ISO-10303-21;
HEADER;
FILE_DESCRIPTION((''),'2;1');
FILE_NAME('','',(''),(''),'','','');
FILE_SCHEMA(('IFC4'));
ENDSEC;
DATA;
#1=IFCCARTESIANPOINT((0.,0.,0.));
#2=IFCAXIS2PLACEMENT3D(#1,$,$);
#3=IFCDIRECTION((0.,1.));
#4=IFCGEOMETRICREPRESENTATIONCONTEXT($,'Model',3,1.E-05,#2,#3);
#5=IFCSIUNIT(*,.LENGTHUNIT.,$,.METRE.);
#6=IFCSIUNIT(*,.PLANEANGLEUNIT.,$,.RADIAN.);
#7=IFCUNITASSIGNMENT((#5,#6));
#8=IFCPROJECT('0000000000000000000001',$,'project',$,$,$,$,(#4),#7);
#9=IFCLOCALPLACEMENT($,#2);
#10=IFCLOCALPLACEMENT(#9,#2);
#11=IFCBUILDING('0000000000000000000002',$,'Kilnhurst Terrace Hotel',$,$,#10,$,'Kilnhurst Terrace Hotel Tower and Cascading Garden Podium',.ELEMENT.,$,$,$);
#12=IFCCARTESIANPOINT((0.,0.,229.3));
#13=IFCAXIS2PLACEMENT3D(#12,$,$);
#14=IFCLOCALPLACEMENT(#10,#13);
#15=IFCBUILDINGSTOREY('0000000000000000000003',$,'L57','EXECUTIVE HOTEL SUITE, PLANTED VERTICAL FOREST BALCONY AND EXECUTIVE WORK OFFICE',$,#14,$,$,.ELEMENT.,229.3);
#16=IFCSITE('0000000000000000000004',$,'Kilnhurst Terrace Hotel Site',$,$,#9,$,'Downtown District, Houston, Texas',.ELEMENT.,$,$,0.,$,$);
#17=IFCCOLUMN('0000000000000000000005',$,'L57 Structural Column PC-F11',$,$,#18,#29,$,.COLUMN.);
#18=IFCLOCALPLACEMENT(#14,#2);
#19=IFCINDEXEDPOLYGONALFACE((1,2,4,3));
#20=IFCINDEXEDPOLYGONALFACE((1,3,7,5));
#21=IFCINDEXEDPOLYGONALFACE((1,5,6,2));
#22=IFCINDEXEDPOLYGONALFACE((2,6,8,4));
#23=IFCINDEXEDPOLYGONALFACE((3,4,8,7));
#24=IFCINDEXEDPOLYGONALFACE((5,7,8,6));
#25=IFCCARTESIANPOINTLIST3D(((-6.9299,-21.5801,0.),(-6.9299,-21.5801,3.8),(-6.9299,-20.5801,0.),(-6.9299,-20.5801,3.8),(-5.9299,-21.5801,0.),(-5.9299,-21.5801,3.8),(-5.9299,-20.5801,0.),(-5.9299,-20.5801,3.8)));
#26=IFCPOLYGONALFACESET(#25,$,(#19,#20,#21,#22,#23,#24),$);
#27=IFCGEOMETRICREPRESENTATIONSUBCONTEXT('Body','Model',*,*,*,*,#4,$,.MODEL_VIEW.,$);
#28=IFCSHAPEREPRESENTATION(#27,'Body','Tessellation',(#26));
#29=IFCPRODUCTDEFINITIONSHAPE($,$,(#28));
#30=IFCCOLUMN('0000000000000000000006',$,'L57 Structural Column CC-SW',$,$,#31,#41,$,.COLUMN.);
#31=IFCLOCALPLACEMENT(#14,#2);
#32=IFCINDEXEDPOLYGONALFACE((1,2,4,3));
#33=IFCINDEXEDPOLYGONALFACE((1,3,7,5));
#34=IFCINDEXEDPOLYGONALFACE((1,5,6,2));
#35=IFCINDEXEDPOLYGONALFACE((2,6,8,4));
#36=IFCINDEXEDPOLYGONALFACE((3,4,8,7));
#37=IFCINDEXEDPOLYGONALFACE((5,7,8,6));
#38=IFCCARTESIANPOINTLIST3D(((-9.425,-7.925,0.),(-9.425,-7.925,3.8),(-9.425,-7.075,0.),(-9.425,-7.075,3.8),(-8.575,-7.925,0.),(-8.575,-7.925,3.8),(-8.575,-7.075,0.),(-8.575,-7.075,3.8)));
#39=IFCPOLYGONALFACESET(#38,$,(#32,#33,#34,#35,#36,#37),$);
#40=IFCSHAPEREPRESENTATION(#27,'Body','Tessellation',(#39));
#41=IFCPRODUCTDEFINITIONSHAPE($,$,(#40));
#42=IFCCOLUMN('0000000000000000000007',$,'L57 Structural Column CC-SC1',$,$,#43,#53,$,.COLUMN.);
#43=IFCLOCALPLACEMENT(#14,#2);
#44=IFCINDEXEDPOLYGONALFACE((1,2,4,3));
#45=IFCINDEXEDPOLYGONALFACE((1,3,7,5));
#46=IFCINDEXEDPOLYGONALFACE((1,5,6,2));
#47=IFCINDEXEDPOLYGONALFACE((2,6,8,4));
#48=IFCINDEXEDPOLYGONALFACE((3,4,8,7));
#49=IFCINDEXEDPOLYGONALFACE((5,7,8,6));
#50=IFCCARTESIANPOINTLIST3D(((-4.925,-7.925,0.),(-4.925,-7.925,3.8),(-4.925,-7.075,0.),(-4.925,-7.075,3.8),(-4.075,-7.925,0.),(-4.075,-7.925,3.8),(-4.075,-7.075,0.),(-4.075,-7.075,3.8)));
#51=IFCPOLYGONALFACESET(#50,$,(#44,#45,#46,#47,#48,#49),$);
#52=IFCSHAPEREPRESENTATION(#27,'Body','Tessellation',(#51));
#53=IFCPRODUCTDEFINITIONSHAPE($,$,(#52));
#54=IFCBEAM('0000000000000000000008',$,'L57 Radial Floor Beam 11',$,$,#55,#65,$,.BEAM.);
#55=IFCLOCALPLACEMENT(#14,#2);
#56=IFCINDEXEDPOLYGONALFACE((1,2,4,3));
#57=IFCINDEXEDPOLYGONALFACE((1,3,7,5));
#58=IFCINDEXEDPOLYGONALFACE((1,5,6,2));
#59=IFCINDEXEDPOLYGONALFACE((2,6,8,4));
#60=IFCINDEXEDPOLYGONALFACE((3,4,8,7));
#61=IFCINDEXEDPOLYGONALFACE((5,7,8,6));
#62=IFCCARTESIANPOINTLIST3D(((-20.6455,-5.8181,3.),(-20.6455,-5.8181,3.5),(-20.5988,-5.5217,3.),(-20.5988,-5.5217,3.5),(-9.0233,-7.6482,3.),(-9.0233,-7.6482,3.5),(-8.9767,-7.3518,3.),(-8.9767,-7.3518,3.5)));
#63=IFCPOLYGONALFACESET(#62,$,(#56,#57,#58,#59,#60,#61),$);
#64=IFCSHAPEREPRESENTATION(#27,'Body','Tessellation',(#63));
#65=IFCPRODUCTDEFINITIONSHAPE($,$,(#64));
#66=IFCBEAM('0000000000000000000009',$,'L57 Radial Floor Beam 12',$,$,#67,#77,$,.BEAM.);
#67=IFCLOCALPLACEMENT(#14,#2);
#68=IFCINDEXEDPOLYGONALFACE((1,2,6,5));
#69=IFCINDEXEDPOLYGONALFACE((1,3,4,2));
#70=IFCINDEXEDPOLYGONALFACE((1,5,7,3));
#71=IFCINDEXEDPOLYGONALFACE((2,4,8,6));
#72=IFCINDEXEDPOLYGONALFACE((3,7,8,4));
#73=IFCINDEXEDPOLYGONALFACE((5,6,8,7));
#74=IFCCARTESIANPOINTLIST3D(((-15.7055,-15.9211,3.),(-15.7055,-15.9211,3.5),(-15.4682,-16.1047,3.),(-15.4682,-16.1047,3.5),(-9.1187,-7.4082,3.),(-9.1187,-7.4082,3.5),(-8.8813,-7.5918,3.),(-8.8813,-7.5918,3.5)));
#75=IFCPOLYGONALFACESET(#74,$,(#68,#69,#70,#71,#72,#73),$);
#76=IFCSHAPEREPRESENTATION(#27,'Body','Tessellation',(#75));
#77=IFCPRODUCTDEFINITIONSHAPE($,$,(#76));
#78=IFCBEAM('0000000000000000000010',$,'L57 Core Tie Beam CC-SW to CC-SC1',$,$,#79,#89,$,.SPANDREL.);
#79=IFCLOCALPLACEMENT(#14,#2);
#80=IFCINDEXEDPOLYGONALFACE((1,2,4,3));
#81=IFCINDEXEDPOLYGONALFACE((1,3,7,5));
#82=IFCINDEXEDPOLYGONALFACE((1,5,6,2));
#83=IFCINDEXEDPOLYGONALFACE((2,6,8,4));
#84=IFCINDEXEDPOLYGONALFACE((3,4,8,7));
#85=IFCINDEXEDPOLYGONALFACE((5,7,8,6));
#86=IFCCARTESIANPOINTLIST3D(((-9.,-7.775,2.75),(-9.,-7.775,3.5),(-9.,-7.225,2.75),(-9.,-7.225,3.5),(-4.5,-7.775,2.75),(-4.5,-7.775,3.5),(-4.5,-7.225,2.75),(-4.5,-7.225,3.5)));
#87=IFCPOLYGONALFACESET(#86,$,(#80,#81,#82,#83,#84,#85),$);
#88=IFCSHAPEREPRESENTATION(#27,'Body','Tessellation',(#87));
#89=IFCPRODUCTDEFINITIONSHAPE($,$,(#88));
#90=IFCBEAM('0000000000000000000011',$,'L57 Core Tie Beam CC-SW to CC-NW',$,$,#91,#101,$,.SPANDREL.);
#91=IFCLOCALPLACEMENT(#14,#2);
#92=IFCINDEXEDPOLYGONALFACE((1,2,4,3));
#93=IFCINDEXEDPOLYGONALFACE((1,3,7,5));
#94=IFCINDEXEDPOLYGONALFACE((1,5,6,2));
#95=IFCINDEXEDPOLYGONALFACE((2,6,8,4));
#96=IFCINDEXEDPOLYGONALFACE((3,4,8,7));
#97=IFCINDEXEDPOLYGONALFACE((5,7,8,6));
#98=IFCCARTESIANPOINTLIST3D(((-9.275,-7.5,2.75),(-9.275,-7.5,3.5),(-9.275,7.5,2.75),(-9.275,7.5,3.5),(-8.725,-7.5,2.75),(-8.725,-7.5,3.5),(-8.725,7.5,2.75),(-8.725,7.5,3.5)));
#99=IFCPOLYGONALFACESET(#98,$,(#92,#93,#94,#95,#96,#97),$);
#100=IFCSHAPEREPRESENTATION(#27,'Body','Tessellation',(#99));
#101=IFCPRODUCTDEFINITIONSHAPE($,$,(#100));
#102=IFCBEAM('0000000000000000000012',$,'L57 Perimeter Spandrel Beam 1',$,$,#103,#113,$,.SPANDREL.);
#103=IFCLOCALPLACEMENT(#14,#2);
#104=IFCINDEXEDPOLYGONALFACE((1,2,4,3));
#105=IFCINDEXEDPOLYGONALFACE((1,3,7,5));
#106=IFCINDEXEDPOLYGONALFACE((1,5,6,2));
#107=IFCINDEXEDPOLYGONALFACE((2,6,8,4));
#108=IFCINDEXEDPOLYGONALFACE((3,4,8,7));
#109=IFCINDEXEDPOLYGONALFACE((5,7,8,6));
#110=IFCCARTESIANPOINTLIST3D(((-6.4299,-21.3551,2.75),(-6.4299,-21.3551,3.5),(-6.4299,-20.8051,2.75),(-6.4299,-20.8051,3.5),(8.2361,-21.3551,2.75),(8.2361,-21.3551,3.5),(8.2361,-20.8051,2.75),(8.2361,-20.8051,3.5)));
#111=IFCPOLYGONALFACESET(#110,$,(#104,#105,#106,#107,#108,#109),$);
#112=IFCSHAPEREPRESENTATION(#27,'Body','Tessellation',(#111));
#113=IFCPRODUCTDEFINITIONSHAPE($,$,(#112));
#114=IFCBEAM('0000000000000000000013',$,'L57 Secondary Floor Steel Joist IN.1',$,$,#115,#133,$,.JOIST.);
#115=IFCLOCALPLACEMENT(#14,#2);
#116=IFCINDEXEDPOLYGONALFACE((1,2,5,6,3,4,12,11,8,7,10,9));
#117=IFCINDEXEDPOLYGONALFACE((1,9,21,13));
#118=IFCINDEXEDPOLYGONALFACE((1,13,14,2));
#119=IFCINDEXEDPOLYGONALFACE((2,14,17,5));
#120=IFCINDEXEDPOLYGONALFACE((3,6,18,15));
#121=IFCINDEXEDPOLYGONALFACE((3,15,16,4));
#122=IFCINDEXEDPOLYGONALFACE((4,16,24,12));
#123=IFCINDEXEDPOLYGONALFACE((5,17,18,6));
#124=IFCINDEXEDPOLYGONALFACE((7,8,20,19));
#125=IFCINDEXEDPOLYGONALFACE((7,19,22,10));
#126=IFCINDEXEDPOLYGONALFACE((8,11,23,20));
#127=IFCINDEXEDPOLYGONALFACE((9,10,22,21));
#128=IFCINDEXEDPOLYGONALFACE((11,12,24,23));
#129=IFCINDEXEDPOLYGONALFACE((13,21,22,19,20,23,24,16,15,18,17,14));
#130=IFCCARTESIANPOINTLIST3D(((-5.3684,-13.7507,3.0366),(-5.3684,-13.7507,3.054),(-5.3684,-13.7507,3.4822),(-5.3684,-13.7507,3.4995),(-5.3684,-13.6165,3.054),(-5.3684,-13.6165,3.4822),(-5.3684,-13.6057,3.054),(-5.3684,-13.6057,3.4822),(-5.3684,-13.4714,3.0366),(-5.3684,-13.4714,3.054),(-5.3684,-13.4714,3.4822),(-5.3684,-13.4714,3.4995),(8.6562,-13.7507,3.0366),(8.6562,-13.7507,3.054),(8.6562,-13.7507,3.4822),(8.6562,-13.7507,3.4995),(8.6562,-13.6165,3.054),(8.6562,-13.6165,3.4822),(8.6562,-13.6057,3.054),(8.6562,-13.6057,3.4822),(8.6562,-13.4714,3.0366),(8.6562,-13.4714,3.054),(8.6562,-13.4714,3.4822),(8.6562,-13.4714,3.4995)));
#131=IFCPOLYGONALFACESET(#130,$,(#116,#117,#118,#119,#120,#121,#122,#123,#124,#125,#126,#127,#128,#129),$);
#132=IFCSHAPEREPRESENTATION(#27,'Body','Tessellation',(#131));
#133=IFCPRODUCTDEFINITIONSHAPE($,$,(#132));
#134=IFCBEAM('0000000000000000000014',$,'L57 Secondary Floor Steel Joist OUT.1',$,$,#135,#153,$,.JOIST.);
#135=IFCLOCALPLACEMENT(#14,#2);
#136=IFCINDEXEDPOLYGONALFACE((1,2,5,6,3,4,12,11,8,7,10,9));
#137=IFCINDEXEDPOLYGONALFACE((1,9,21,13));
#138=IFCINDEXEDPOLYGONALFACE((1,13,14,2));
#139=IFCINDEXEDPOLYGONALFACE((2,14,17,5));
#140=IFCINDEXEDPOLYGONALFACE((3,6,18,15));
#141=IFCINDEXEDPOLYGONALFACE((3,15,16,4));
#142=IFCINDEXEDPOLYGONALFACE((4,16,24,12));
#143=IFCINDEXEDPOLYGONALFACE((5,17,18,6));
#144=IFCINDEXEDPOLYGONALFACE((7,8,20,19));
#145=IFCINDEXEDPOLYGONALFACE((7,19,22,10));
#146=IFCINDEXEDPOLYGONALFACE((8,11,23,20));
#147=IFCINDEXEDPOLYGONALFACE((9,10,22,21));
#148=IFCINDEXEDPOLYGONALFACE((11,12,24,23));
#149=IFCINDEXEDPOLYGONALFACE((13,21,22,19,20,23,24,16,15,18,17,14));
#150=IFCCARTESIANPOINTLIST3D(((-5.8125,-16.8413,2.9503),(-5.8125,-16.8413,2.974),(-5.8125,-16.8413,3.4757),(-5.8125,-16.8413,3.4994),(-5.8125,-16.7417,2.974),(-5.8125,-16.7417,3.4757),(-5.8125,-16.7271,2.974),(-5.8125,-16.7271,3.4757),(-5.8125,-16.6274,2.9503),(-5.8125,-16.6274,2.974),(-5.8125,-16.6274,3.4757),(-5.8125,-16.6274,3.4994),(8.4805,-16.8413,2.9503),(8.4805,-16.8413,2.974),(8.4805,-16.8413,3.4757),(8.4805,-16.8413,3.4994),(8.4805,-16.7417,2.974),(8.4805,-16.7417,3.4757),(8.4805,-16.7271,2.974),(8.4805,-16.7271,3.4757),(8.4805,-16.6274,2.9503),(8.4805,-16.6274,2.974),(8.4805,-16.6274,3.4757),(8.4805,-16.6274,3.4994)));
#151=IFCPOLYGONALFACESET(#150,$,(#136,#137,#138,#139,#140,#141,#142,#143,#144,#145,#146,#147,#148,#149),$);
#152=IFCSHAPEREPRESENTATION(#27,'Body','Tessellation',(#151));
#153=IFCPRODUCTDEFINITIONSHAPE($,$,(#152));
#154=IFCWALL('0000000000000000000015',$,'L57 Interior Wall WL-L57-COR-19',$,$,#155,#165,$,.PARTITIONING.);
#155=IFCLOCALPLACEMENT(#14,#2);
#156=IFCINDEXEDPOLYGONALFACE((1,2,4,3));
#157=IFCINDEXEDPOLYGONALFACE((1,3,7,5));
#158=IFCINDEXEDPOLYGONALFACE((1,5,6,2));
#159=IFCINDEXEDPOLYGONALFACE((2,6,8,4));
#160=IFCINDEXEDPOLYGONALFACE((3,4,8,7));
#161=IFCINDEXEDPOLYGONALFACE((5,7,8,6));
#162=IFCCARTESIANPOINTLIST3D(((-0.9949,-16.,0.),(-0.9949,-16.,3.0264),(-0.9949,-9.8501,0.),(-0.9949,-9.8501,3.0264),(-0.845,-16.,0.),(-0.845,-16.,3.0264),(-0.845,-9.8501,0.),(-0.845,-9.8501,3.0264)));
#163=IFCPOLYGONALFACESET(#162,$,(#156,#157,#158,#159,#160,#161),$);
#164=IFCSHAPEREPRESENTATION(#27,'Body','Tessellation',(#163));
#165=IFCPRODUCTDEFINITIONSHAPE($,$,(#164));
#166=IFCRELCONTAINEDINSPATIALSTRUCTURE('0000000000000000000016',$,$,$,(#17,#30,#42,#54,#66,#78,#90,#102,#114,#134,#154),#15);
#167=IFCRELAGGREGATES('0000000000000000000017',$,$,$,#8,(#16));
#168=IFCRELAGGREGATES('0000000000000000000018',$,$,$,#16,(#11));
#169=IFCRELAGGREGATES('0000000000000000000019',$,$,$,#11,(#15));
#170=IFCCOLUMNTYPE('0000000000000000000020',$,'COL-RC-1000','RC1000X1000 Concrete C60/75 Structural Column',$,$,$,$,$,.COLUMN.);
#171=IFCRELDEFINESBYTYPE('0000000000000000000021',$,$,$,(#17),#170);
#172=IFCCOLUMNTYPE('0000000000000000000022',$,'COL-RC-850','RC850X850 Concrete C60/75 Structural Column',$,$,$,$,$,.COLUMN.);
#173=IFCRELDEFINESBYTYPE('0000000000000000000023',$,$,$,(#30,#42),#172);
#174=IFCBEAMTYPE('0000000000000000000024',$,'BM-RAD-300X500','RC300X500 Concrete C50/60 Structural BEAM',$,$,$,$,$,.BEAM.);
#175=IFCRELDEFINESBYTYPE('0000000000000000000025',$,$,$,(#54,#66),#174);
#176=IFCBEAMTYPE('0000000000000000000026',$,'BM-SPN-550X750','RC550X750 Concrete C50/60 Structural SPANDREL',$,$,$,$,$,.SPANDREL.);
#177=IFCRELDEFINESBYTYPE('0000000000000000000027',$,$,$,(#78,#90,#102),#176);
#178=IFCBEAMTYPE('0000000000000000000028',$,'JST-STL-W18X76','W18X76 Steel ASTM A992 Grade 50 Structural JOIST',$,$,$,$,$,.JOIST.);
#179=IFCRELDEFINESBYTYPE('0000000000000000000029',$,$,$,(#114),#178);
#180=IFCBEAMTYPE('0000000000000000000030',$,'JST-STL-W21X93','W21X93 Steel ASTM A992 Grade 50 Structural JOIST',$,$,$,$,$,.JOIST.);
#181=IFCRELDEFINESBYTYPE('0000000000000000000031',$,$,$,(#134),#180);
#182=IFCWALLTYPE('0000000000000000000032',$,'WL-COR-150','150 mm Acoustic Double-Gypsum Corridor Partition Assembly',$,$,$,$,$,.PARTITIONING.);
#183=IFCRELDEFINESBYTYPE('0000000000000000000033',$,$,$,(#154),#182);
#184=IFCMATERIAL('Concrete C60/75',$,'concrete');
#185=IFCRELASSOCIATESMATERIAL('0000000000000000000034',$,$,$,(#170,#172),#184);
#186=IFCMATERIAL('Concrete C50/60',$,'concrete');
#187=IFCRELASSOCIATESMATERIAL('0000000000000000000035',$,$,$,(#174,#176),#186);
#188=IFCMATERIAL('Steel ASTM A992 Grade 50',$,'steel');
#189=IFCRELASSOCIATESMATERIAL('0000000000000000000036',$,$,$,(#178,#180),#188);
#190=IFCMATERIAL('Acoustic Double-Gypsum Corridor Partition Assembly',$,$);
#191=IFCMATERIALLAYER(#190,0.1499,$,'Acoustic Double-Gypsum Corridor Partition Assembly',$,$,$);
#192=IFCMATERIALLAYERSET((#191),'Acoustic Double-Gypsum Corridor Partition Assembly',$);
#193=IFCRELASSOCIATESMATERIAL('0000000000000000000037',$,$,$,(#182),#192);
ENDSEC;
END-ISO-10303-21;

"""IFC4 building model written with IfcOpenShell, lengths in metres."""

from ifc_helpers import new_model, si_unit, direction, frame, frame_2d, origin, origin_2d, place, context, subcontext, project, spatial, rectangle, i_section, extrude, material, layer, layer_set, material_profile, profile_set, type_object, element, save


model = new_model("IFC4")

# Units and contexts
model_context = context("Model", 3, precision=1e-05, world=origin(), true_north=direction((0.0, 1.0)))
body_context = subcontext(model_context, "Body", "Model", "MODEL_VIEW")
ifc_project = project(units=[si_unit("LENGTHUNIT", "METRE"), si_unit("PLANEANGLEUNIT", "RADIAN")], contexts=[model_context])

# Site, building, storey
site_placement = place(None, origin())
site = spatial("IfcSite", under=ifc_project, at=site_placement, Name="Kilnhurst Terrace Hotel Site", LongName="Downtown District, Houston, Texas", CompositionType="ELEMENT", RefElevation=0.0)
building_placement = place(site_placement, origin())
building = spatial("IfcBuilding", under=site, at=building_placement, Name="Kilnhurst Terrace Hotel", LongName="Kilnhurst Terrace Hotel Tower and Cascading Garden Podium", CompositionType="ELEMENT")
storey_placement = place(building_placement, frame((0.0, 0.0, 229.3)))
storey = spatial("IfcBuildingStorey", under=building, at=storey_placement, Name="L57", Description="EXECUTIVE HOTEL SUITE, PLANTED VERTICAL FOREST BALCONY AND EXECUTIVE WORK OFFICE", CompositionType="ELEMENT", Elevation=229.3)

# Columns
ifc_material_1 = material(Name="Concrete C60/75", Category="concrete")
ifc_material_profile_1 = material_profile(ifc_material_1, rectangle(XDim=1.0, YDim=1.0, at=origin_2d()), Name="RC1000X1000")
ifc_profile_set_1 = profile_set([ifc_material_profile_1], Name="Concrete C60/75")
column_type_1 = type_object("IfcColumnType", Name="COL-RC-1000", Description="RC1000X1000 Concrete C60/75 Structural Column", PredefinedType="COLUMN", material=ifc_profile_set_1)
column_placement = place(storey_placement, frame((-6.4299, -21.0801, 0.0), z_axis=(0.0, 0.0, 1.0), x_axis=(1.0, 0.0, 0.0)))
element("IfcColumn", 1, at=column_placement, inside=storey, type_object=column_type_1, Name="L57 Structural Column PC-F11", PredefinedType="COLUMN", context=body_context, shape_type="SweptSolid", body=[
    extrude(rectangle(XDim=1.0, YDim=1.0, at=origin_2d()), origin(), (0.0, 0.0, 1.0), 3.8),
])
ifc_material_profile_2 = material_profile(ifc_material_1, rectangle(XDim=0.8501, YDim=0.8501, at=origin_2d()), Name="RC850X850")
ifc_profile_set_2 = profile_set([ifc_material_profile_2], Name="Concrete C60/75")
column_type_2 = type_object("IfcColumnType", Name="COL-RC-850", Description="RC850X850 Concrete C60/75 Structural Column", PredefinedType="COLUMN", material=ifc_profile_set_2)
for number, where, z_axis, x_axis, name in (
    (2, (-9.0, -7.5, 0.0), (0.0, 0.0, 1.0), (1.0, 0.0, 0.0), "L57 Structural Column CC-SW"),
    (3, (-4.5, -7.5, 0.0), (0.0, 0.0, 1.0), (1.0, 0.0, 0.0), "L57 Structural Column CC-SC1"),
):
    element("IfcColumn", number, at=place(storey_placement, frame(where, z_axis=z_axis, x_axis=x_axis)), inside=storey, type_object=column_type_2, Name=name, PredefinedType="COLUMN", context=body_context, shape_type="SweptSolid", body=[
        extrude(rectangle(XDim=0.8501, YDim=0.8501, at=origin_2d()), origin(), (0.0, 0.0, 1.0), 3.8),
    ])

# Beams
ifc_material_2 = material(Name="Concrete C50/60", Category="concrete")
ifc_material_profile_3 = material_profile(ifc_material_2, rectangle(XDim=0.3, YDim=0.5, at=origin_2d()), Name="RC300X500")
ifc_profile_set_3 = profile_set([ifc_material_profile_3], Name="Concrete C50/60")
beam_type_1 = type_object("IfcBeamType", Name="BM-RAD-300X500", Description="RC300X500 Concrete C50/60 Structural BEAM", PredefinedType="BEAM", material=ifc_profile_set_3)
beam_1_placement = place(storey_placement, frame((-9.0, -7.5, 3.25), z_axis=(-0.987828, 0.155549, 0.0), x_axis=(-0.155549, -0.987828, 0.0)))
element("IfcBeam", 4, at=beam_1_placement, inside=storey, type_object=beam_type_1, Name="L57 Radial Floor Beam 11", PredefinedType="BEAM", context=body_context, shape_type="SweptSolid", body=[
    extrude(rectangle(XDim=0.3, YDim=0.5, at=origin_2d()), origin(), (0.0, 0.0, 1.0), 11.7654),
])
beam_2_placement = place(storey_placement, frame((-9.0, -7.5, 3.25), z_axis=(-0.611955, -0.790892, 0.0), x_axis=(0.790892, -0.611955, 0.0)))
element("IfcBeam", 5, at=beam_2_placement, inside=storey, type_object=beam_type_1, Name="L57 Radial Floor Beam 12", PredefinedType="BEAM", context=body_context, shape_type="SweptSolid", body=[
    extrude(rectangle(XDim=0.3, YDim=0.5, at=origin_2d()), origin(), (0.0, 0.0, 1.0), 10.7637),
])
ifc_material_profile_4 = material_profile(ifc_material_2, rectangle(XDim=0.55, YDim=0.75, at=origin_2d()), Name="RC550X750")
ifc_profile_set_4 = profile_set([ifc_material_profile_4], Name="Concrete C50/60")
beam_type_2 = type_object("IfcBeamType", Name="BM-SPN-550X750", Description="RC550X750 Concrete C50/60 Structural SPANDREL", PredefinedType="SPANDREL", material=ifc_profile_set_4)
beam_3_placement = place(storey_placement, frame((-9.0, -7.5, 3.125), z_axis=(1.0, 0.0, 0.0), x_axis=(0.0, 1.0, 0.0)))
element("IfcBeam", 6, at=beam_3_placement, inside=storey, type_object=beam_type_2, Name="L57 Core Tie Beam CC-SW to CC-SC1", PredefinedType="SPANDREL", context=body_context, shape_type="SweptSolid", body=[
    extrude(rectangle(XDim=0.55, YDim=0.75, at=origin_2d()), origin(), (0.0, 0.0, 1.0), 4.5),
])
beam_4_placement = place(storey_placement, frame((-9.0, -7.5, 3.125), z_axis=(0.0, 1.0, 0.0), x_axis=(-1.0, 0.0, 0.0)))
element("IfcBeam", 7, at=beam_4_placement, inside=storey, type_object=beam_type_2, Name="L57 Core Tie Beam CC-SW to CC-NW", PredefinedType="SPANDREL", context=body_context, shape_type="SweptSolid", body=[
    extrude(rectangle(XDim=0.55, YDim=0.75, at=origin_2d()), origin(), (0.0, 0.0, 1.0), 15.0),
])
beam_5_placement = place(storey_placement, frame((-6.4299, -21.0801, 3.125), z_axis=(1.0, 0.0, 0.0), x_axis=(0.0, 1.0, 0.0)))
element("IfcBeam", 8, at=beam_5_placement, inside=storey, type_object=beam_type_2, Name="L57 Perimeter Spandrel Beam 1", PredefinedType="SPANDREL", context=body_context, shape_type="SweptSolid", body=[
    extrude(rectangle(XDim=0.55, YDim=0.75, at=origin_2d()), origin(), (0.0, 0.0, 1.0), 14.666),
])
ifc_material_3 = material(Name="Steel ASTM A992 Grade 50", Category="steel")
ifc_material_profile_5 = material_profile(ifc_material_3, i_section(OverallWidth=0.2793, OverallDepth=0.4629, WebThickness=0.0107, FlangeThickness=0.0173, at=origin_2d()), Name="W18X76")
ifc_profile_set_5 = profile_set([ifc_material_profile_5], Name="Steel ASTM A992 Grade 50")
beam_type_3 = type_object("IfcBeamType", Name="JST-STL-W18X76", Description="W18X76 Steel ASTM A992 Grade 50 Structural JOIST", PredefinedType="JOIST", material=ifc_profile_set_5)
beam_6_placement = place(storey_placement, frame((-5.3684, -13.6111, 3.2681), z_axis=(1.0, 0.0, 0.0), x_axis=(0.0, 1.0, 0.0)))
element("IfcBeam", 9, at=beam_6_placement, inside=storey, type_object=beam_type_3, Name="L57 Secondary Floor Steel Joist IN.1", PredefinedType="JOIST", context=body_context, shape_type="SweptSolid", body=[
    extrude(i_section(OverallWidth=0.2793, OverallDepth=0.4629, WebThickness=0.0107, FlangeThickness=0.0173, at=origin_2d()), origin(), (0.0, 0.0, 1.0), 14.0247),
])
ifc_material_profile_6 = material_profile(ifc_material_3, i_section(OverallWidth=0.2139, OverallDepth=0.5491, WebThickness=0.0146, FlangeThickness=0.0237, at=origin_2d()), Name="W21X93")
ifc_profile_set_6 = profile_set([ifc_material_profile_6], Name="Steel ASTM A992 Grade 50")
beam_type_4 = type_object("IfcBeamType", Name="JST-STL-W21X93", Description="W21X93 Steel ASTM A992 Grade 50 Structural JOIST", PredefinedType="JOIST", material=ifc_profile_set_6)
beam_7_placement = place(storey_placement, frame((-5.8125, -16.7344, 3.2249), z_axis=(1.0, 0.0, 0.0), x_axis=(0.0, 1.0, 0.0)))
element("IfcBeam", 10, at=beam_7_placement, inside=storey, type_object=beam_type_4, Name="L57 Secondary Floor Steel Joist OUT.1", PredefinedType="JOIST", context=body_context, shape_type="SweptSolid", body=[
    extrude(i_section(OverallWidth=0.2139, OverallDepth=0.5491, WebThickness=0.0146, FlangeThickness=0.0237, at=origin_2d()), origin(), (0.0, 0.0, 1.0), 14.293),
])

# Wall
ifc_material_4 = material(Name="Acoustic Double-Gypsum Corridor Partition Assembly")
ifc_layer_1 = layer(ifc_material_4, 0.1499, Name="Acoustic Double-Gypsum Corridor Partition Assembly")
ifc_layer_set_1 = layer_set([ifc_layer_1], Name="Acoustic Double-Gypsum Corridor Partition Assembly")
wall_type_1 = type_object("IfcWallType", Name="WL-COR-150", Description="150 mm Acoustic Double-Gypsum Corridor Partition Assembly", PredefinedType="PARTITIONING", material=ifc_layer_set_1)
wall_1_placement = place(storey_placement, frame((-0.9199, -16.0, 0.0), z_axis=(0.0, 0.0, 1.0), x_axis=(0.0, 1.0, 0.0)))
element("IfcWall", 11, at=wall_1_placement, inside=storey, type_object=wall_type_1, Name="L57 Interior Wall WL-L57-COR-19", PredefinedType="PARTITIONING", context=body_context, shape_type="SweptSolid", body=[
    extrude(rectangle(XDim=6.1499, YDim=0.1499, at=frame_2d((3.075, 0.0))), origin(), (0.0, 0.0, 1.0), 3.0264),
])

save(model, "model.ifc")
